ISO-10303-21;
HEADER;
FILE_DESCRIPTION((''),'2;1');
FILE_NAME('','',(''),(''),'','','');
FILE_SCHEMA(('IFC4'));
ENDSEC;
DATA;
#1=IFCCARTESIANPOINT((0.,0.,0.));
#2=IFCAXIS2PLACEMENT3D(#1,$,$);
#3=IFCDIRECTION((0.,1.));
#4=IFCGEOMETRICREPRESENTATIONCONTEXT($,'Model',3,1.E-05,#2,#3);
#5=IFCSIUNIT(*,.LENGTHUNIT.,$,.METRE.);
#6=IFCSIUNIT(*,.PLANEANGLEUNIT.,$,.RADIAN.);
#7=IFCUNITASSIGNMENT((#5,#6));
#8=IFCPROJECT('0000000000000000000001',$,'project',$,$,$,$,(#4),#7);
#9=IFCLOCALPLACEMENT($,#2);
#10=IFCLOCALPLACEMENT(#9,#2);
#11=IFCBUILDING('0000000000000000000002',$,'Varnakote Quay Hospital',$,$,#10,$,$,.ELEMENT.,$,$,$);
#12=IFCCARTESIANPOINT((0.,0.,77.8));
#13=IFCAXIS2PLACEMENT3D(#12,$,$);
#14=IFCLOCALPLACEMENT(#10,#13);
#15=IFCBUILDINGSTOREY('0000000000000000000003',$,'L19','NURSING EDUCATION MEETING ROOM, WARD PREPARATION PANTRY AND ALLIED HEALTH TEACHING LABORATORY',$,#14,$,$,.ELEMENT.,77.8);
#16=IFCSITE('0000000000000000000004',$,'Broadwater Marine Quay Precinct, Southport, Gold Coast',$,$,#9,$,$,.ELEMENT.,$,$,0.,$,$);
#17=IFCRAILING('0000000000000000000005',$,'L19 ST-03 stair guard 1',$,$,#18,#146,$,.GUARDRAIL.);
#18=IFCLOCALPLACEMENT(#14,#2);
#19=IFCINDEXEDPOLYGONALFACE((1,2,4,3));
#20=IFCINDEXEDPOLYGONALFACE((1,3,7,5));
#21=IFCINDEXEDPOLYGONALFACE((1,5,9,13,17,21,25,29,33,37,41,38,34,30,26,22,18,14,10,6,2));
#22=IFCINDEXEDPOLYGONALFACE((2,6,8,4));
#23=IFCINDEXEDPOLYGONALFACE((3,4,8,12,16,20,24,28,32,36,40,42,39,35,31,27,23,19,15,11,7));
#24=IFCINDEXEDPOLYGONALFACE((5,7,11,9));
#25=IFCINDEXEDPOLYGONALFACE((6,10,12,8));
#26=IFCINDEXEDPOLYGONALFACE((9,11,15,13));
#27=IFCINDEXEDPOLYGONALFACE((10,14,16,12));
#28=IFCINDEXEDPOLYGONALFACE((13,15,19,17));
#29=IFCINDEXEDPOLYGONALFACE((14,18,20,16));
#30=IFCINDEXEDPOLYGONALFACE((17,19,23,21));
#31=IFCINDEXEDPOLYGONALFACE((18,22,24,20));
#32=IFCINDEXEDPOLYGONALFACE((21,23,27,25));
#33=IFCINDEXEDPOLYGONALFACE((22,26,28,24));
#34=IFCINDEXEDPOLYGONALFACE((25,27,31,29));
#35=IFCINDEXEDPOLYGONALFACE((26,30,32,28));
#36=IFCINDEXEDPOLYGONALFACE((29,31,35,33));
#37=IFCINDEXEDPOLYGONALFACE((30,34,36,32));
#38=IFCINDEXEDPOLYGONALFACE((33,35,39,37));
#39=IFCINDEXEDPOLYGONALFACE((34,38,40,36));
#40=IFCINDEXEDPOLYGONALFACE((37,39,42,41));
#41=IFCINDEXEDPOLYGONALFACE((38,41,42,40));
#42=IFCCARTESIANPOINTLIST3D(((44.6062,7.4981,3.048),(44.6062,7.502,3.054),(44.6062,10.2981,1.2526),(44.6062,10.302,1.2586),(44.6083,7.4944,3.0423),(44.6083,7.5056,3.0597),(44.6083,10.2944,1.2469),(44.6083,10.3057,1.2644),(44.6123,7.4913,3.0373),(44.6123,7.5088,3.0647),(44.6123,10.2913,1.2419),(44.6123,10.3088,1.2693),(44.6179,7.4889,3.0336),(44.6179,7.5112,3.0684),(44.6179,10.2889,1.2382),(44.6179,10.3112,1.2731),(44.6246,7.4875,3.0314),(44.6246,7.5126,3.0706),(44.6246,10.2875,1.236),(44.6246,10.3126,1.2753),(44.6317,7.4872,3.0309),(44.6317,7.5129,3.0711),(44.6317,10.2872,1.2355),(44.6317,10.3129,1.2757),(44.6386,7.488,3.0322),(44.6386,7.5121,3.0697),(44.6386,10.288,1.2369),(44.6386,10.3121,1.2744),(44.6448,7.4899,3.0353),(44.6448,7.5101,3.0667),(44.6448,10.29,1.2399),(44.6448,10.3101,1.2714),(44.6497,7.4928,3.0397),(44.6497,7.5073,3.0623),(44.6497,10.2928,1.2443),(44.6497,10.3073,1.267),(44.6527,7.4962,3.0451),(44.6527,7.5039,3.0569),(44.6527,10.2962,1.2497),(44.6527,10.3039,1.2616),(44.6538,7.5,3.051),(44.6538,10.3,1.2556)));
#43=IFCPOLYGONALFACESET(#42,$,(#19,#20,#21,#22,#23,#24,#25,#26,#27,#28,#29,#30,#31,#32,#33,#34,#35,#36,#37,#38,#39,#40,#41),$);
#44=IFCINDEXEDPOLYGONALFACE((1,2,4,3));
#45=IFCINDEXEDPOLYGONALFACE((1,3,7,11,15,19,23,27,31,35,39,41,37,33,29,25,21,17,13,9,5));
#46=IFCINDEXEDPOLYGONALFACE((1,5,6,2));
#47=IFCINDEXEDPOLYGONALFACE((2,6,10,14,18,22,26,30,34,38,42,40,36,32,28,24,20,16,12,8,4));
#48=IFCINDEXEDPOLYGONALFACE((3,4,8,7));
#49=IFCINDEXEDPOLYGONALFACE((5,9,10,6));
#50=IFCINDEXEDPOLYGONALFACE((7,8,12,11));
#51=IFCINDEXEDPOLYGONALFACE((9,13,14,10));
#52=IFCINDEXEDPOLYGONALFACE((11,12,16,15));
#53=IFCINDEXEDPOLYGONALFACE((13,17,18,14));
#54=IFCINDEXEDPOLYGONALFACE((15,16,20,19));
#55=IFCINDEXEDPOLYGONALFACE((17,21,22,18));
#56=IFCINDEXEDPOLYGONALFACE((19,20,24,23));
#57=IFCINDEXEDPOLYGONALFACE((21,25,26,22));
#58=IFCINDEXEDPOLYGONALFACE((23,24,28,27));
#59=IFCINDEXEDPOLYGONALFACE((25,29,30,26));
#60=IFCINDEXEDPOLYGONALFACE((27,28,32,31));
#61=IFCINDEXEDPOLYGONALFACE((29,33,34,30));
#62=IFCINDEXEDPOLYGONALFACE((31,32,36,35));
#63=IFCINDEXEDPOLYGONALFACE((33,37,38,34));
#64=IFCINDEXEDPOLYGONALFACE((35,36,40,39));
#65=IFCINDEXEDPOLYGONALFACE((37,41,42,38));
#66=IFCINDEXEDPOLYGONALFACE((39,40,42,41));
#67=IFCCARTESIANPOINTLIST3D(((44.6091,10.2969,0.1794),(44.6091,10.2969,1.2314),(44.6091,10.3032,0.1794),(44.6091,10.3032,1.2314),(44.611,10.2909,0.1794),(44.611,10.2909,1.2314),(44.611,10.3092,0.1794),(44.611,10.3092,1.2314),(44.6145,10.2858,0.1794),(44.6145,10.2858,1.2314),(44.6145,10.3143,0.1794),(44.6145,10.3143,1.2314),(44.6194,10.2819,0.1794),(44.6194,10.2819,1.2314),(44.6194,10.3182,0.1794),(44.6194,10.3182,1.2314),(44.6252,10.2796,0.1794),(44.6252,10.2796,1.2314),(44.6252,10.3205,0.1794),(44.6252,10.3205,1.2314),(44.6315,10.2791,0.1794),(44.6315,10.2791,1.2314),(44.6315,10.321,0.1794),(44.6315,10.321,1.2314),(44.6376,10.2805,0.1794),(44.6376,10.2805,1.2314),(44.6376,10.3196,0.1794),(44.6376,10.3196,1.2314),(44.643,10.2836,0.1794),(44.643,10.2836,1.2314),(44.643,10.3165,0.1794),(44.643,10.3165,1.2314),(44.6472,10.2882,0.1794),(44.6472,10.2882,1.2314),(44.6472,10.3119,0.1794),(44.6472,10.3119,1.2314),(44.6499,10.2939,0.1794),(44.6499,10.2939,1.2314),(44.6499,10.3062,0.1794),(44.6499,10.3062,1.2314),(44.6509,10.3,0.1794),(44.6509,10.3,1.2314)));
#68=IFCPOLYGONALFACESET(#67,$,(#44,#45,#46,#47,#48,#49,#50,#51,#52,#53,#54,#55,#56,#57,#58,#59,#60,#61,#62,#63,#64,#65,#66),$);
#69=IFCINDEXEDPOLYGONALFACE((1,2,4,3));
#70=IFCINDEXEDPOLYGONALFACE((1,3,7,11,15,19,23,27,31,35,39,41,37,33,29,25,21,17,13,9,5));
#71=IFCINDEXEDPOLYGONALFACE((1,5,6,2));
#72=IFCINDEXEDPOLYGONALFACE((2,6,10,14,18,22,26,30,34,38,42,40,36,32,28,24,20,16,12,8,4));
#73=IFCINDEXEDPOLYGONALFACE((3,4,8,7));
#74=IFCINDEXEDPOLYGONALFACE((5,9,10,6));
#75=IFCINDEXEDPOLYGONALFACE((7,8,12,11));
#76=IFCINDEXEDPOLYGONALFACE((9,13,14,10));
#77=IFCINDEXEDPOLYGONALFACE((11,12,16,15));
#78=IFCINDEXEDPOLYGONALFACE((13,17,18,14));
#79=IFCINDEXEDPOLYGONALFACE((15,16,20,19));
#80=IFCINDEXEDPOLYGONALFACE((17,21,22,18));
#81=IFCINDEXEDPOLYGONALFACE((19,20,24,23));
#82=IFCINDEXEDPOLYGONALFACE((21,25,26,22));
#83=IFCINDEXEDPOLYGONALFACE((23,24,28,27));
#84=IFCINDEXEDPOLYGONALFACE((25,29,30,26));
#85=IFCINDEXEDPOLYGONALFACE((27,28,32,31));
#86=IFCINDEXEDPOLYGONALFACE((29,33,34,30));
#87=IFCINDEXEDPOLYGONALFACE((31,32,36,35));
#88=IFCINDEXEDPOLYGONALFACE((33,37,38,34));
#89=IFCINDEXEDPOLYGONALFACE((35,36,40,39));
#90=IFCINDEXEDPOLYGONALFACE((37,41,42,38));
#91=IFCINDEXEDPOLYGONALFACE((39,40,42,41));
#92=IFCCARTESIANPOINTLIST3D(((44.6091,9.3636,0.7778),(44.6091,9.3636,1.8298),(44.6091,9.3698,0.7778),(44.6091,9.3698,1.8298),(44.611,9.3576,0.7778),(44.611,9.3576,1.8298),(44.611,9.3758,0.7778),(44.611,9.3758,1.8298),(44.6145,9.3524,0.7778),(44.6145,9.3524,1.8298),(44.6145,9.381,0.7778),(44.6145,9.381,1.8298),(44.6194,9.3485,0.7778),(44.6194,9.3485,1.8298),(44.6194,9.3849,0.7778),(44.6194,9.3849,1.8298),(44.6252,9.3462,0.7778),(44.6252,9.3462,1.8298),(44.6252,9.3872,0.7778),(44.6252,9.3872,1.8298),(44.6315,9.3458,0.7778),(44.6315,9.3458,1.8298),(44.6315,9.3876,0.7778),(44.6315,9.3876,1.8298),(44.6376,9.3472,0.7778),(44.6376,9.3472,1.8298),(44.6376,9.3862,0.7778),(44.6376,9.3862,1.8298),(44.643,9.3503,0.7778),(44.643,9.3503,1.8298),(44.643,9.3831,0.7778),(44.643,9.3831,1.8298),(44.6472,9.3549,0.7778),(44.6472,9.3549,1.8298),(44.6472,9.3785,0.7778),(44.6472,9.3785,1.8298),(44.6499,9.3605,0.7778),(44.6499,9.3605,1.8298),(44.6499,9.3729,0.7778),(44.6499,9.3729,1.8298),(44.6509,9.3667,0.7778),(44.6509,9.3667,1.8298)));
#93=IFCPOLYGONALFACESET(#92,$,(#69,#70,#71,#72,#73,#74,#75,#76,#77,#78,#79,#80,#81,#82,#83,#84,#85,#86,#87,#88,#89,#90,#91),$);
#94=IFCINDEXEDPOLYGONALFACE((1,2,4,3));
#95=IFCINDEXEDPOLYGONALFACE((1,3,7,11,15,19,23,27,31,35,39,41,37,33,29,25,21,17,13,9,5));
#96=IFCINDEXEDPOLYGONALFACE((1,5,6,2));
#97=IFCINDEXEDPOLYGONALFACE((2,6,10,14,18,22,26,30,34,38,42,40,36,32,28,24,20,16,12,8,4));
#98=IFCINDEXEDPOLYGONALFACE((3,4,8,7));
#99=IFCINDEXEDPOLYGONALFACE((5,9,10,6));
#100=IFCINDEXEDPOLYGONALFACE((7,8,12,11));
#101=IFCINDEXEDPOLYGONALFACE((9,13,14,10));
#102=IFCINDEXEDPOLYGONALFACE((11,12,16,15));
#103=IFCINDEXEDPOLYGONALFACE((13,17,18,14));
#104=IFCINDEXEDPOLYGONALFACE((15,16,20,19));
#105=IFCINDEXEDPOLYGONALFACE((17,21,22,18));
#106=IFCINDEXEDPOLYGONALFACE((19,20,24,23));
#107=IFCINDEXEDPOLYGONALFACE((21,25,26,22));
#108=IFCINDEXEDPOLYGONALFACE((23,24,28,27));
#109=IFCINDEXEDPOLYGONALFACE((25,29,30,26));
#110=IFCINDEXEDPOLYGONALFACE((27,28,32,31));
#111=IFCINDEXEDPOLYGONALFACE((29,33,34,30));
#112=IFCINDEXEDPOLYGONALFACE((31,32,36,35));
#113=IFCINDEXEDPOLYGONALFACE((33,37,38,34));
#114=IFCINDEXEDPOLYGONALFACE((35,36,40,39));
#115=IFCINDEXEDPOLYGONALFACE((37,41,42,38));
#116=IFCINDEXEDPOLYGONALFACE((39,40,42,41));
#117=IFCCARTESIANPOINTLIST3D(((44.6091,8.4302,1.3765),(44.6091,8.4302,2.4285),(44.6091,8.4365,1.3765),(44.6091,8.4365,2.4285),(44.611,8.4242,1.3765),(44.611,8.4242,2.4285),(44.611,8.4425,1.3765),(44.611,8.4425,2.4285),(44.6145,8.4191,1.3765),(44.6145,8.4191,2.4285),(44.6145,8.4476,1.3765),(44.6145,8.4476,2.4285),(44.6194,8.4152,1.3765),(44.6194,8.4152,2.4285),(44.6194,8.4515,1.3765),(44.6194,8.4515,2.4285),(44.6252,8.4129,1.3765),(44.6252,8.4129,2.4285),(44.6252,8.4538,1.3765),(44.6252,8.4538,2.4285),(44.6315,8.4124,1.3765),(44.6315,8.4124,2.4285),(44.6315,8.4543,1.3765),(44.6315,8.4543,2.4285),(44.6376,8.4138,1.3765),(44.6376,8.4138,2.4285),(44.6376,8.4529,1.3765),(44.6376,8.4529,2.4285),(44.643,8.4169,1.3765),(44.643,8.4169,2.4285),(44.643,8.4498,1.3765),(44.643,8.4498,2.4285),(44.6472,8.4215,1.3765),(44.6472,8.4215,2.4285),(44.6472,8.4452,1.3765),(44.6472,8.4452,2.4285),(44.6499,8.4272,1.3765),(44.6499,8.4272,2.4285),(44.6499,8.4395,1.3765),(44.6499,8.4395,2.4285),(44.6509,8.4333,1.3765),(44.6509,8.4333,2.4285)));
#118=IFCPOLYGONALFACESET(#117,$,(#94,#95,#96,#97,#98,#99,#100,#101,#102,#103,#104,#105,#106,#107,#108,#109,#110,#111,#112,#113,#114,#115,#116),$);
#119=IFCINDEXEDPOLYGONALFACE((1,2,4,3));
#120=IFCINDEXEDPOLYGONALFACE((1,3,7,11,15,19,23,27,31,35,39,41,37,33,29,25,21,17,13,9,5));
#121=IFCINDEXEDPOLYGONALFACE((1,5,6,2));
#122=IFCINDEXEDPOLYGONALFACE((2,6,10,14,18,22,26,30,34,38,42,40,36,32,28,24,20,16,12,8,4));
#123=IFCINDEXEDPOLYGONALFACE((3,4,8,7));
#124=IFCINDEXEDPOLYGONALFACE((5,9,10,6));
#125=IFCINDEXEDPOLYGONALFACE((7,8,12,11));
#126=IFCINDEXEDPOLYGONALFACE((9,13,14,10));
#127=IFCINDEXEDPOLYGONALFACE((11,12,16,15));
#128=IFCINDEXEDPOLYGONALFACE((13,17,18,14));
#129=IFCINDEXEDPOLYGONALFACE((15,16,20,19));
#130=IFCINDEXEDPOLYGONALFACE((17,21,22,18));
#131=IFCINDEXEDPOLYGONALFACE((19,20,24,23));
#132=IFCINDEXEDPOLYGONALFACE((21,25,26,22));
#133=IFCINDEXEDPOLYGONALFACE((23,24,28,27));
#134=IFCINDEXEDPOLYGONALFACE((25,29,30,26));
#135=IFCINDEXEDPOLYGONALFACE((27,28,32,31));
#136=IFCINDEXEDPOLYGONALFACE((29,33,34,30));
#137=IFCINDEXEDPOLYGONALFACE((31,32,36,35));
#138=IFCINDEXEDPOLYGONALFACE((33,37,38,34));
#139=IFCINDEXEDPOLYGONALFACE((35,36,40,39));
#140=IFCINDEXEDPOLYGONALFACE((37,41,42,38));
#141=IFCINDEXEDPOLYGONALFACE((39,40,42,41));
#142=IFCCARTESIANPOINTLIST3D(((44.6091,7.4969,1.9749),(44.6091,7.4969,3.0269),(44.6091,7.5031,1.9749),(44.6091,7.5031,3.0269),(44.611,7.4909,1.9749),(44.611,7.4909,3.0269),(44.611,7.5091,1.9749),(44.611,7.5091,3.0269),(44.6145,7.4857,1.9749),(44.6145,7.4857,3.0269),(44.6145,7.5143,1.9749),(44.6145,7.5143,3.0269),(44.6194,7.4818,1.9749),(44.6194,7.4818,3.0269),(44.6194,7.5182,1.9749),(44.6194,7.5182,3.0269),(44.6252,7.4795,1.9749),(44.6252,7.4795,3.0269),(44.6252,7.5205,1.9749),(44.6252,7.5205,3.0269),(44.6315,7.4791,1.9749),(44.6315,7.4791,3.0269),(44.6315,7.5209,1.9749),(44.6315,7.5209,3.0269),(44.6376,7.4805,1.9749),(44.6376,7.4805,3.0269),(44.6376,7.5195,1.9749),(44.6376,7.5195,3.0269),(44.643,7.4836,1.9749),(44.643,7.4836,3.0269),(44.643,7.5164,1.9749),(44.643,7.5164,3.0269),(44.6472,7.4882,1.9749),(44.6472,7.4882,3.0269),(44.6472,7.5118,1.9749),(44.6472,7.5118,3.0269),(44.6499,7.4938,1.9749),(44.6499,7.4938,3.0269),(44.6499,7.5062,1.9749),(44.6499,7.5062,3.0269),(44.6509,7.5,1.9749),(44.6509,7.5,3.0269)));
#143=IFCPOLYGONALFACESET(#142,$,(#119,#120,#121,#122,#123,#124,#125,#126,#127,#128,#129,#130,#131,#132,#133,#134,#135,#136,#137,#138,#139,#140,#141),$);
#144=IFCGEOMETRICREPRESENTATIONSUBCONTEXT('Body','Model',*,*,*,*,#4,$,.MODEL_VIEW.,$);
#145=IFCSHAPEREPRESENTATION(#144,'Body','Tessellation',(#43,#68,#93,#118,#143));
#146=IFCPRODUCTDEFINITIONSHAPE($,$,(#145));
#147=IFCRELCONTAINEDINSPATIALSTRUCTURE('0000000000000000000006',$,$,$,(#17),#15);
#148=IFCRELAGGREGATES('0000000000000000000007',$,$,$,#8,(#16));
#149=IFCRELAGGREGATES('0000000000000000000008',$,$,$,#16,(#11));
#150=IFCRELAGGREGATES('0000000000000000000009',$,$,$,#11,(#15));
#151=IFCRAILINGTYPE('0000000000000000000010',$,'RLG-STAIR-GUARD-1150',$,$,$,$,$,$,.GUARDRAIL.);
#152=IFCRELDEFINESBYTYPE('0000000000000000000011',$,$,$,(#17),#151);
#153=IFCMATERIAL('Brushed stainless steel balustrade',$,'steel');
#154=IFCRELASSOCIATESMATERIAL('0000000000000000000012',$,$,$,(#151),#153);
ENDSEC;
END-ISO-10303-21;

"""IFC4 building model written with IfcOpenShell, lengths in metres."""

from ifc_helpers import new_model, si_unit, direction, frame, origin, origin_2d, place, context, subcontext, project, spatial, circle, extrude, material, type_object, element, save


model = new_model("IFC4")

# Units and contexts
model_context = context("Model", 3, precision=1e-05, world=origin(), true_north=direction((0.0, 1.0)))
body_context = subcontext(model_context, "Body", "Model", "MODEL_VIEW")
ifc_project = project(units=[si_unit("LENGTHUNIT", "METRE"), si_unit("PLANEANGLEUNIT", "RADIAN")], contexts=[model_context])

# Site, building, storey
site_placement = place(None, origin())
site = spatial("IfcSite", under=ifc_project, at=site_placement, Name="Broadwater Marine Quay Precinct, Southport, Gold Coast", CompositionType="ELEMENT", RefElevation=0.0)
building_placement = place(site_placement, origin())
building = spatial("IfcBuilding", under=site, at=building_placement, Name="Varnakote Quay Hospital", CompositionType="ELEMENT")
storey_placement = place(building_placement, frame((0.0, 0.0, 77.8)))
storey = spatial("IfcBuildingStorey", under=building, at=storey_placement, Name="L19", Description="NURSING EDUCATION MEETING ROOM, WARD PREPARATION PANTRY AND ALLIED HEALTH TEACHING LABORATORY", CompositionType="ELEMENT", Elevation=77.8)

# Railing
ifc_material_1 = material(Name="Brushed stainless steel balustrade", Category="steel")
railing_type_1 = type_object("IfcRailingType", Name="RLG-STAIR-GUARD-1150", PredefinedType="GUARDRAIL", material=ifc_material_1)
railing_1_placement = place(storey_placement, frame((44.6299, 10.3, 0.1794)))
element("IfcRailing", 1, at=railing_1_placement, inside=storey, type_object=railing_type_1, Name="L19 ST-03 stair guard 1", PredefinedType="GUARDRAIL", context=body_context, shape_type="SweptSolid", body=[
    extrude(circle(Radius=0.0239, at=origin_2d()), frame((0.0, 0.0, 1.0762), z_axis=(0.0, -0.84181, 0.539774), x_axis=(1.0, 0.0, 0.0)), (0.0, 0.0, 1.0), 3.3262),
    extrude(circle(Radius=0.021, at=origin_2d()), origin(), (0.0, 0.0, 1.0), 1.052),
    extrude(circle(Radius=0.021, at=origin_2d()), frame((0.0, -0.9333, 0.5984)), (0.0, 0.0, 1.0), 1.052),
    extrude(circle(Radius=0.021, at=origin_2d()), frame((0.0, -1.8667, 1.197)), (0.0, 0.0, 1.0), 1.052),
    extrude(circle(Radius=0.021, at=origin_2d()), frame((0.0, -2.8, 1.7954)), (0.0, 0.0, 1.0), 1.052),
])

save(model, "model.ifc")
